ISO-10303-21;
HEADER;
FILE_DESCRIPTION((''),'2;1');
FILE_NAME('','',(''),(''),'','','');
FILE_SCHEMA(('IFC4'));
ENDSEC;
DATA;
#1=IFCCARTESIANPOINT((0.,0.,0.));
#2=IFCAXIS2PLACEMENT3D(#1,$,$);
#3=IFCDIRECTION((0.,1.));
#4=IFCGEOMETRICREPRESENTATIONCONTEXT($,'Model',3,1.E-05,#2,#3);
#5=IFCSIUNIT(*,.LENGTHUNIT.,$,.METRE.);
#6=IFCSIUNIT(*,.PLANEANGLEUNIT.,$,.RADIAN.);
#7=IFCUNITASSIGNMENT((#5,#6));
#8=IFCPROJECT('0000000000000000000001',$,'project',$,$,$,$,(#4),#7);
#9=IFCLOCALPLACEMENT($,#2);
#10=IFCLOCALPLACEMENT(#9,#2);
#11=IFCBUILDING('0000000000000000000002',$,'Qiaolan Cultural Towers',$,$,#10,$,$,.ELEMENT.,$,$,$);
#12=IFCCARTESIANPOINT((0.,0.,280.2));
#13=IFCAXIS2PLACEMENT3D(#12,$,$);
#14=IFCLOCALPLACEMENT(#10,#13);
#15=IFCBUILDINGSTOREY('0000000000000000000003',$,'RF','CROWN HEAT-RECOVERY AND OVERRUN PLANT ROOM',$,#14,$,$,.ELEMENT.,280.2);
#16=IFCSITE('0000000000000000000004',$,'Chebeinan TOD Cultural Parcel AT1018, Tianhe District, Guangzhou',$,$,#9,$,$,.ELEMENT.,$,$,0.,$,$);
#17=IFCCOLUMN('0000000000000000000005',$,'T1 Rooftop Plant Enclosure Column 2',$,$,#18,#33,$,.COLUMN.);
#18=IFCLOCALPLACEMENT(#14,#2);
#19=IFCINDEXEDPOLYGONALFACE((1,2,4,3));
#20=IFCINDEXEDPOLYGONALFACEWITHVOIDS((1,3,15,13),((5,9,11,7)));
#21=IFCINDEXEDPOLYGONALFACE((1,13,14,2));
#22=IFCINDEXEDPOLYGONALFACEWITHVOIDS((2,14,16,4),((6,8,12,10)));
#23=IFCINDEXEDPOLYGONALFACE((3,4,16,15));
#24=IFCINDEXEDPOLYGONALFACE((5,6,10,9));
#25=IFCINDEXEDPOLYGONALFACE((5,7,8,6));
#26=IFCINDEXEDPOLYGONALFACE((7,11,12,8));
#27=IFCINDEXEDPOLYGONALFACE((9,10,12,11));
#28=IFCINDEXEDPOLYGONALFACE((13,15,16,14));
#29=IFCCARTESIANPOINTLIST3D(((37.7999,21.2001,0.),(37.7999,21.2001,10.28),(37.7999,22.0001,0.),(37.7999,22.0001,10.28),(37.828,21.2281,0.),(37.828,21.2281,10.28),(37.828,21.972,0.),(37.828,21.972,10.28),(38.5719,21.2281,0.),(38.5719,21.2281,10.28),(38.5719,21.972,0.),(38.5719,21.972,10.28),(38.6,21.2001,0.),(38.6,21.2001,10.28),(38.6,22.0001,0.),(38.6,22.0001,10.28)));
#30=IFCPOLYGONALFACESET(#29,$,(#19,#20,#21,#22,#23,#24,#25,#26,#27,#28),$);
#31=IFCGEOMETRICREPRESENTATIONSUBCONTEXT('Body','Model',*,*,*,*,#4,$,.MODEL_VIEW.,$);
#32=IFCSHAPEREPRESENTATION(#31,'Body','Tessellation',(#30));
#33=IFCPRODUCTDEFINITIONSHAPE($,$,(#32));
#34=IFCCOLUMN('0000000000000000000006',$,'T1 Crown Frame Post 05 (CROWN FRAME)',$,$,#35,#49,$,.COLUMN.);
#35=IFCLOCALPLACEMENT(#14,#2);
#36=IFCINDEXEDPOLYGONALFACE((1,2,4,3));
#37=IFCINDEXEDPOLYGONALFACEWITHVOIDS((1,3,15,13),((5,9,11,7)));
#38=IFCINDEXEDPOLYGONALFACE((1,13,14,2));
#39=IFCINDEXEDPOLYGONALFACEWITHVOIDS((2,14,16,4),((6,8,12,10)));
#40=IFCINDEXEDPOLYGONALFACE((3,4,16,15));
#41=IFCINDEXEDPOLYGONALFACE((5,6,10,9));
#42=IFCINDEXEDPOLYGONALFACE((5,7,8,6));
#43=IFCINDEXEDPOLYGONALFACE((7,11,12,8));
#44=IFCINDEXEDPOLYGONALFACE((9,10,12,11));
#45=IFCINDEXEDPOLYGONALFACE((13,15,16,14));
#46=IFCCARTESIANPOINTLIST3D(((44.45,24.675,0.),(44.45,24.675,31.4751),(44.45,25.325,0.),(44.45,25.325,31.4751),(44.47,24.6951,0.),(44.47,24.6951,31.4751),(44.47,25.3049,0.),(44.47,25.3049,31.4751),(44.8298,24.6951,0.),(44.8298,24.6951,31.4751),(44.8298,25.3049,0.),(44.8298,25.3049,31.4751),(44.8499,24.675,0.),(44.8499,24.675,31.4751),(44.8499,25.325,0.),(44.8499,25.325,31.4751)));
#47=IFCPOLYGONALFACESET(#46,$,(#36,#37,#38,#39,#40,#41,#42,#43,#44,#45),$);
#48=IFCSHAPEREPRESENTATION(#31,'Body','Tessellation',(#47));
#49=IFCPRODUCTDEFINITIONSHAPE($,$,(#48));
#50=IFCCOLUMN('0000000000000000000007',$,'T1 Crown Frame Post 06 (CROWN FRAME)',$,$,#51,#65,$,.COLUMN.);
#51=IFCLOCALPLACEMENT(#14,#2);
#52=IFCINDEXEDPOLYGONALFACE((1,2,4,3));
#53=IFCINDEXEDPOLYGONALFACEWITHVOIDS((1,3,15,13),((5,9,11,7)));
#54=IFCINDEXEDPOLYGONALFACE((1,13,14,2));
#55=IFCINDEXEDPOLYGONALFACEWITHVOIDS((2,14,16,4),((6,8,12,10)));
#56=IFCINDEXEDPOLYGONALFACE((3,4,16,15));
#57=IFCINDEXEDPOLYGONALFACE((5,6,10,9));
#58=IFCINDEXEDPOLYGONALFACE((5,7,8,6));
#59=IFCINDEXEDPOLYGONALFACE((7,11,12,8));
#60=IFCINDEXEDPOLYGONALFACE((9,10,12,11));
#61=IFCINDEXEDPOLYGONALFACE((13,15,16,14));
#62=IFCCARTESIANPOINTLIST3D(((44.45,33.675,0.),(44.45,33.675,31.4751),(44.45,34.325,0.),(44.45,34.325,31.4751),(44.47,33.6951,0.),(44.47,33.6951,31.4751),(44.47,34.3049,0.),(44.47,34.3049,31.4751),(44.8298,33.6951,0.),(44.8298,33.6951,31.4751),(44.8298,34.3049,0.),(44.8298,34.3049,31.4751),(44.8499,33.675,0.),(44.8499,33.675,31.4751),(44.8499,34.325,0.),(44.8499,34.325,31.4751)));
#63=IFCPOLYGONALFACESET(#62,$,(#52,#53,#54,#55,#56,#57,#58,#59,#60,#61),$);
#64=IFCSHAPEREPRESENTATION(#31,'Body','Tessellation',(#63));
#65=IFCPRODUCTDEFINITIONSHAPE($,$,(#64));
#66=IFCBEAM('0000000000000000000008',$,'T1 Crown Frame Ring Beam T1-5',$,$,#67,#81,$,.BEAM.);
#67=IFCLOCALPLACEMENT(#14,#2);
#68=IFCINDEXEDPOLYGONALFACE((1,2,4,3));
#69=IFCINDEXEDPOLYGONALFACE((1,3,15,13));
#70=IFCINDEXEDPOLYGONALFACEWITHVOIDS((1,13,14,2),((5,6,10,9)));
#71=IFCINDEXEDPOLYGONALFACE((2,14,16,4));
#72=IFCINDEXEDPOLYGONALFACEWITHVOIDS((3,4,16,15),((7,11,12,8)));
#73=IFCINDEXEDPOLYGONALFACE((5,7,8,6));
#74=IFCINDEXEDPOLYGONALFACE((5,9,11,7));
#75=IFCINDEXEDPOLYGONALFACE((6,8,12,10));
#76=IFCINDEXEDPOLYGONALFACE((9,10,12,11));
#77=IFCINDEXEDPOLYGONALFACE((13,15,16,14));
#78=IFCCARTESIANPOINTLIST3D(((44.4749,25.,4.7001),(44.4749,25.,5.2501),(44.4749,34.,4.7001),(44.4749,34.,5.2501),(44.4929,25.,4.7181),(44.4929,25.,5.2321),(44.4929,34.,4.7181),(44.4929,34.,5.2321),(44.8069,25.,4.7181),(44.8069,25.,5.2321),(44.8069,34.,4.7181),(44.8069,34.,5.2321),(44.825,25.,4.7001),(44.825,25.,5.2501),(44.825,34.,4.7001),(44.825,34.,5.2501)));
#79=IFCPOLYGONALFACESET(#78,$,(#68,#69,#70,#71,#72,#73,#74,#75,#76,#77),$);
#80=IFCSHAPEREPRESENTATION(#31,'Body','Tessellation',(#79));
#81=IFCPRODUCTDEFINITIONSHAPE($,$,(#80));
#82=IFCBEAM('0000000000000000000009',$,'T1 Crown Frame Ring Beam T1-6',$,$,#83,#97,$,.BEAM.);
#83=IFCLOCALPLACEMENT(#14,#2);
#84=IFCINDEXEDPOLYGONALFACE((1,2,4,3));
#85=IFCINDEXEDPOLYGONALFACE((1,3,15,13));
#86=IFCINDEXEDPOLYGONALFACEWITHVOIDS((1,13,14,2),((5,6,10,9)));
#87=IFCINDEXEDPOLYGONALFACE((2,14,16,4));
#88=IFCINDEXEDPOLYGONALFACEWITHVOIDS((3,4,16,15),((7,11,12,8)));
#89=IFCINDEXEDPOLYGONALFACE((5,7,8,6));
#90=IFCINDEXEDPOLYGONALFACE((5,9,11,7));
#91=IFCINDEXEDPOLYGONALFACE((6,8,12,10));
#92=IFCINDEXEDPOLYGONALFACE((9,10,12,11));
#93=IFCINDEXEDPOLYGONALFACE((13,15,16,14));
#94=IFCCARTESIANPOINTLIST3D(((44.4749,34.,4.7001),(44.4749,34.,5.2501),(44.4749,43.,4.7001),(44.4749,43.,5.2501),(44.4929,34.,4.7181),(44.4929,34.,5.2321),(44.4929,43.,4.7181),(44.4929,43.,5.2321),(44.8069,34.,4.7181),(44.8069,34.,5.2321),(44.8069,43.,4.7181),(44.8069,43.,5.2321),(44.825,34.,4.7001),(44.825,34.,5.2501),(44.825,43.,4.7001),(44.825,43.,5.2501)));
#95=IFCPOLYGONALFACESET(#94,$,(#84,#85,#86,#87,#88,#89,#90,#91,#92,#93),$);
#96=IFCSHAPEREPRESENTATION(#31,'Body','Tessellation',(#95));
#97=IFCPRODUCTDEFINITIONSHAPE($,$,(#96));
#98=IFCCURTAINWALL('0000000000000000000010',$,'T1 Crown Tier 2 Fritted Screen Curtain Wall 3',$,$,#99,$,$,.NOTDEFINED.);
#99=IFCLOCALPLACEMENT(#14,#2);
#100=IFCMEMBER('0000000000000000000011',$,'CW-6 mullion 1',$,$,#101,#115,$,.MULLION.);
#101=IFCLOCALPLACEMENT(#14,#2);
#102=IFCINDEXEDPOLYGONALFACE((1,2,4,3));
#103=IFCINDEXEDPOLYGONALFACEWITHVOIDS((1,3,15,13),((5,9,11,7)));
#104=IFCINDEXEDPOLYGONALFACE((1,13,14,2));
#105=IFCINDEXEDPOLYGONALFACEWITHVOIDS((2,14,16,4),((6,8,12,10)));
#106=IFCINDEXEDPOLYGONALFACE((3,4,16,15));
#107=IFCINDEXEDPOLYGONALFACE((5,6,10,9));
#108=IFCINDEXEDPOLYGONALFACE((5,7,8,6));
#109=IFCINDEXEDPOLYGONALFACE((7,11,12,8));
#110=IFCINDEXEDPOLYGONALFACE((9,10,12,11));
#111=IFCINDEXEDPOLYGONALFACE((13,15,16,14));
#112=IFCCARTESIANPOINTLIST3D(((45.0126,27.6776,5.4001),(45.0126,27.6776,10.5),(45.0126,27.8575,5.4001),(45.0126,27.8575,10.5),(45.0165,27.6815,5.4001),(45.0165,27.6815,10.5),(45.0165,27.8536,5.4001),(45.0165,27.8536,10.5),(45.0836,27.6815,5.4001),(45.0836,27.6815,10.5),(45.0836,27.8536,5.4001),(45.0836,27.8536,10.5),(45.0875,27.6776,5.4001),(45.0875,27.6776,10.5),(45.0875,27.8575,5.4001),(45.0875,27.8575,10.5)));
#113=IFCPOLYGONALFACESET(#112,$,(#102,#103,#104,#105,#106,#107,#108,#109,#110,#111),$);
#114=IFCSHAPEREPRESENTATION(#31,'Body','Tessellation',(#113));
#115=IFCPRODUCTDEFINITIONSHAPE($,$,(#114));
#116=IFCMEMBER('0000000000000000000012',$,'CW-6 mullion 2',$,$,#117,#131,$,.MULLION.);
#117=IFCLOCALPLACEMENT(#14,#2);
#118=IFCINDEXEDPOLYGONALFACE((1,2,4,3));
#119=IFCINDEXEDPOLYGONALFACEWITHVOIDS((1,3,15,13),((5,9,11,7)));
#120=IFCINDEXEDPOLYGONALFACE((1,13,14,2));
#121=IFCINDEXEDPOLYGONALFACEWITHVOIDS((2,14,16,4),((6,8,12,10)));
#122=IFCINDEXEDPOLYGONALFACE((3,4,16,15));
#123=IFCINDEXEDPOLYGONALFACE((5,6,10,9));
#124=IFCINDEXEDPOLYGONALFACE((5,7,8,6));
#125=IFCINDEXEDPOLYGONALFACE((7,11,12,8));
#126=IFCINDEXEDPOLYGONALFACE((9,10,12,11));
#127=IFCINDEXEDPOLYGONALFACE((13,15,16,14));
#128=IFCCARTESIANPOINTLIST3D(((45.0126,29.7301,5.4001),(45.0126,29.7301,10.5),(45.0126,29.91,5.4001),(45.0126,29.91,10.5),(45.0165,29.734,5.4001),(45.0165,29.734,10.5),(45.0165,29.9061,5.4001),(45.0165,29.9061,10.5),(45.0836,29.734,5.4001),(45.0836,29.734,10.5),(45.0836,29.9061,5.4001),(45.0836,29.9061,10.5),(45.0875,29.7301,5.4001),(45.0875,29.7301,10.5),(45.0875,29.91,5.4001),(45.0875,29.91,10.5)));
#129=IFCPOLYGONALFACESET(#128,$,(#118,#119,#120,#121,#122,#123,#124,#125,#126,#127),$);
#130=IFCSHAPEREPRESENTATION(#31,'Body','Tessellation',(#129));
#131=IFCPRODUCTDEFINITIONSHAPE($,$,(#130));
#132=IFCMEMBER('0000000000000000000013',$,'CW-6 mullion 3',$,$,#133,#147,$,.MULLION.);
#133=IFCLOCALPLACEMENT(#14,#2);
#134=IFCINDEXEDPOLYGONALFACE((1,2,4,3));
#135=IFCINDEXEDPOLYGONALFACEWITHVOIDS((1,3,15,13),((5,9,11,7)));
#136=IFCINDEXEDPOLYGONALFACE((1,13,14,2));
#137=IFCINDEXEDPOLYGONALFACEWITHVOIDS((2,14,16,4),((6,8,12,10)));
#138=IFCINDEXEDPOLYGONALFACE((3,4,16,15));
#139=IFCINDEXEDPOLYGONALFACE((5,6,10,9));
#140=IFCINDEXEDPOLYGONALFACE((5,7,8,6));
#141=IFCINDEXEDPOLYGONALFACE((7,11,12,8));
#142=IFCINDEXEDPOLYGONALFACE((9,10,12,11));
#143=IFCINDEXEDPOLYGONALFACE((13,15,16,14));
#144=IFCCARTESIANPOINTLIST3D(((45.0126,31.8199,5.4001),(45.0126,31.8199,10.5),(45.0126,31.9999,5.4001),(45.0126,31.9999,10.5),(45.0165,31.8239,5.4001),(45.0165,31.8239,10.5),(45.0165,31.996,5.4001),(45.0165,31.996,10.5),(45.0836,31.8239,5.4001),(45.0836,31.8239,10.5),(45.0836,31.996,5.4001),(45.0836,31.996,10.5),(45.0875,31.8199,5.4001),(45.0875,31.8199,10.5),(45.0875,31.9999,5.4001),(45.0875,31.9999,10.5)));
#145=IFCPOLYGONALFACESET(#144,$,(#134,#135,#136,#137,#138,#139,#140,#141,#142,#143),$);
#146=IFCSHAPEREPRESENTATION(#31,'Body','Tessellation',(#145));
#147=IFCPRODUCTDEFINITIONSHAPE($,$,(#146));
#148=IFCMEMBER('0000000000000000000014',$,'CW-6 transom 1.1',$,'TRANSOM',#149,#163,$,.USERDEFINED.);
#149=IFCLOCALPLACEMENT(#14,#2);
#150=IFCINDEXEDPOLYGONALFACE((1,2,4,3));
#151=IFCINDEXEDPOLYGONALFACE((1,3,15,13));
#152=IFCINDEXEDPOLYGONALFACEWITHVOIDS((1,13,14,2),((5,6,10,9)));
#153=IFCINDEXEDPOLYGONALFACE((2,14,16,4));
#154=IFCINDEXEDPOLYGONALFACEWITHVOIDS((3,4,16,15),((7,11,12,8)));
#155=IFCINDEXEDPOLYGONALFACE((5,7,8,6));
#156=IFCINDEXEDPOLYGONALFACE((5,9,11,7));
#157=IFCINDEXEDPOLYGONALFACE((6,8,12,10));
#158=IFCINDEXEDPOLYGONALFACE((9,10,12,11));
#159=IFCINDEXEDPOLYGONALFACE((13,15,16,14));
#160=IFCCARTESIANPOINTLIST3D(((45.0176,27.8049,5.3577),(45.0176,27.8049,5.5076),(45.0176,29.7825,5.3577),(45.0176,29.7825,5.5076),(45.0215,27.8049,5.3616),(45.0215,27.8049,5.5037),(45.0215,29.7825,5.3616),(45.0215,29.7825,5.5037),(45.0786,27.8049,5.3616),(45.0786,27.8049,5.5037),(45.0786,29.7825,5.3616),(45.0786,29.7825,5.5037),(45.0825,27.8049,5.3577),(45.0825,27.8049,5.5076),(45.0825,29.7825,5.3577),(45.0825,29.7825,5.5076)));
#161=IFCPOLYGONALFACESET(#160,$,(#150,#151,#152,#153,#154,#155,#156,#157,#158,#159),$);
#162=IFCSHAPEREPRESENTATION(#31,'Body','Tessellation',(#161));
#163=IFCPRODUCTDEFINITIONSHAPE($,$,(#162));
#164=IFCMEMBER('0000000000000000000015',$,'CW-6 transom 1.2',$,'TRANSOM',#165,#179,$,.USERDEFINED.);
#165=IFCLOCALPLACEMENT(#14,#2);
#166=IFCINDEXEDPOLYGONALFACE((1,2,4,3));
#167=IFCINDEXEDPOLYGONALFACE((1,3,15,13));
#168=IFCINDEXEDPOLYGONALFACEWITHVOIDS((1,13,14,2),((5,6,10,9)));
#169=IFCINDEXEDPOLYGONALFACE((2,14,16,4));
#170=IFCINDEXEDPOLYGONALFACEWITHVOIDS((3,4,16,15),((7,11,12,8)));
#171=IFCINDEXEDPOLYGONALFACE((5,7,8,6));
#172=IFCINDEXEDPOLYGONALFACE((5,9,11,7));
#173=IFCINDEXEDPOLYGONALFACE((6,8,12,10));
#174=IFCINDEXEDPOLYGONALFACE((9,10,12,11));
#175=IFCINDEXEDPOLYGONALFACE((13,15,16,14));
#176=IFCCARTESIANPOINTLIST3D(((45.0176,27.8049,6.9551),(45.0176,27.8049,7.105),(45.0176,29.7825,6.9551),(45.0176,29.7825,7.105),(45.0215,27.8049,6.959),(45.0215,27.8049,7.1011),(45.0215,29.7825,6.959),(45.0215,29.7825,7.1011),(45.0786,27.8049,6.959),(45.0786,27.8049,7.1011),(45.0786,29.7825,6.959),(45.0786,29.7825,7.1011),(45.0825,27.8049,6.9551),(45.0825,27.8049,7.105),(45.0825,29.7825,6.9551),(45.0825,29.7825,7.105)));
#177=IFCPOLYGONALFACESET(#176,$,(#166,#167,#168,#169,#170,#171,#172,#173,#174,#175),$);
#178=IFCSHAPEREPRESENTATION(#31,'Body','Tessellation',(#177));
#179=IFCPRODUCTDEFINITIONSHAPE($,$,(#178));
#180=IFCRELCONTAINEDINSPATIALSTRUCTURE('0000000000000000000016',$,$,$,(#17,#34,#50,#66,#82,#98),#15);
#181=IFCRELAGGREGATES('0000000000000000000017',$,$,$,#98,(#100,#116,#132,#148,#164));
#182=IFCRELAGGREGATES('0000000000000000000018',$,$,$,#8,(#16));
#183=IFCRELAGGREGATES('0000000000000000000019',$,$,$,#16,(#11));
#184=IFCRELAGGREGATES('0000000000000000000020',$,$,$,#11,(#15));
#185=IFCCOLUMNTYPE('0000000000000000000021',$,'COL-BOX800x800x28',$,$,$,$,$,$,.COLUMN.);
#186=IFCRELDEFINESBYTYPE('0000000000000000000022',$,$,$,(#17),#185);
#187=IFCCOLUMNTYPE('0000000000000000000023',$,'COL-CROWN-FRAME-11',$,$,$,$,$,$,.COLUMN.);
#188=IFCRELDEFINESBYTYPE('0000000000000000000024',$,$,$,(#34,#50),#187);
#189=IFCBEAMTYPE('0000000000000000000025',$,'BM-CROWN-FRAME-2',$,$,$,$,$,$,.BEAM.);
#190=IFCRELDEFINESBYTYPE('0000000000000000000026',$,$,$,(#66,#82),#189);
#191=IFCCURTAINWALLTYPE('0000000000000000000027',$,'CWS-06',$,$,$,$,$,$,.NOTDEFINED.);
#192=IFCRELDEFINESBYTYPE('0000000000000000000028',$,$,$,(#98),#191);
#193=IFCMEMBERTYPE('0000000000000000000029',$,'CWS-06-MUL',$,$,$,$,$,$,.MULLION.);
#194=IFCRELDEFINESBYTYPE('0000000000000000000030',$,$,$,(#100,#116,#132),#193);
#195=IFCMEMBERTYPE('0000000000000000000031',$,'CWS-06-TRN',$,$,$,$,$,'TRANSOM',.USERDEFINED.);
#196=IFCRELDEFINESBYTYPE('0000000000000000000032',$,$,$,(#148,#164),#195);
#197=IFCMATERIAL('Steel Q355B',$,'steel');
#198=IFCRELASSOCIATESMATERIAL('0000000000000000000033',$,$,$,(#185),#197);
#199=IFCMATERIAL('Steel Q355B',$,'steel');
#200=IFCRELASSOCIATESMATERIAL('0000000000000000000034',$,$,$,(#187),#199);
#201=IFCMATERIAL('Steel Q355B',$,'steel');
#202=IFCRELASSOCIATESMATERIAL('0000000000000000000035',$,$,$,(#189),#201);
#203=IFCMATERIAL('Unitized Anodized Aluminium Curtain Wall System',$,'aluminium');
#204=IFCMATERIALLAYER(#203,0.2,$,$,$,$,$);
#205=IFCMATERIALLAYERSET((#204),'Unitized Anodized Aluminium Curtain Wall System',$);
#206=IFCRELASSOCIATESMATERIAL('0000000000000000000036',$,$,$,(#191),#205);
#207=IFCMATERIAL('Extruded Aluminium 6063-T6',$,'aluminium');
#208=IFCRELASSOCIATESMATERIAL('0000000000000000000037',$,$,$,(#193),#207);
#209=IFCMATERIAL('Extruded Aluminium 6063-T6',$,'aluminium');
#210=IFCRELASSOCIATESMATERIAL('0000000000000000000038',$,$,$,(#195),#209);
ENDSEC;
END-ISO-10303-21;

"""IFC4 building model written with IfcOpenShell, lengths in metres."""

from ifc_helpers import new_model, si_unit, direction, frame, origin, origin_2d, place, context, subcontext, project, spatial, hollow_rectangle, extrude, material, layer, layer_set, material_profile, profile_set, type_object, element, aggregate, save


model = new_model("IFC4")

# Units and contexts
model_context = context("Model", 3, precision=1e-05, world=origin(), true_north=direction((0.0, 1.0)))
body_context = subcontext(model_context, "Body", "Model", "MODEL_VIEW")
ifc_project = project(units=[si_unit("LENGTHUNIT", "METRE"), si_unit("PLANEANGLEUNIT", "RADIAN")], contexts=[model_context])

# Site, building, storey
site_placement = place(None, origin())
site = spatial("IfcSite", under=ifc_project, at=site_placement, Name="Chebeinan TOD Cultural Parcel AT1018, Tianhe District, Guangzhou", CompositionType="ELEMENT", RefElevation=0.0)
building_placement = place(site_placement, origin())
building = spatial("IfcBuilding", under=site, at=building_placement, Name="Qiaolan Cultural Towers", CompositionType="ELEMENT")
storey_placement = place(building_placement, frame((0.0, 0.0, 280.2)))
storey = spatial("IfcBuildingStorey", under=building, at=storey_placement, Name="RF", Description="CROWN HEAT-RECOVERY AND OVERRUN PLANT ROOM", CompositionType="ELEMENT", Elevation=280.2)

# Columns
ifc_material_1 = material(Name="Steel Q355B", Category="steel")
ifc_material_profile_1 = material_profile(ifc_material_1, hollow_rectangle(XDim=0.8, YDim=0.8, WallThickness=0.0281, at=origin_2d()), Name="BOX800x800x28")
ifc_profile_set_1 = profile_set([ifc_material_profile_1], Name="Steel Q355B")
column_type_1 = type_object("IfcColumnType", Name="COL-BOX800x800x28", PredefinedType="COLUMN", material=ifc_profile_set_1)
column_placement = place(storey_placement, frame((38.2, 21.6001, 0.0), z_axis=(0.0, 0.0, 1.0), x_axis=(1.0, 0.0, 0.0)))
element("IfcColumn", 1, at=column_placement, inside=storey, type_object=column_type_1, Name="T1 Rooftop Plant Enclosure Column 2", PredefinedType="COLUMN", context=body_context, shape_type="SweptSolid", body=[
    extrude(hollow_rectangle(XDim=0.8, YDim=0.8, WallThickness=0.0281, at=origin_2d()), origin(), (0.0, 0.0, 1.0), 10.28),
])
ifc_material_2 = material(Name="Steel Q355B", Category="steel")
ifc_material_profile_2 = material_profile(ifc_material_2, hollow_rectangle(XDim=0.3999, YDim=0.6499, WallThickness=0.02, at=origin_2d()), Name="BOX650x400x20")
ifc_profile_set_2 = profile_set([ifc_material_profile_2], Name="Steel Q355B")
column_type_2 = type_object("IfcColumnType", Name="COL-CROWN-FRAME-11", PredefinedType="COLUMN", material=ifc_profile_set_2)
for number, where, z_axis, x_axis, name in (
    (2, (44.6499, 25.0, 0.0), (0.0, 0.0, 1.0), (1.0, 0.0, 0.0), "T1 Crown Frame Post 05 (CROWN FRAME)"),
    (3, (44.6499, 34.0, 0.0), (0.0, 0.0, 1.0), (1.0, 0.0, 0.0), "T1 Crown Frame Post 06 (CROWN FRAME)"),
):
    element("IfcColumn", number, at=place(storey_placement, frame(where, z_axis=z_axis, x_axis=x_axis)), inside=storey, type_object=column_type_2, Name=name, PredefinedType="COLUMN", context=body_context, shape_type="SweptSolid", body=[
        extrude(hollow_rectangle(XDim=0.3999, YDim=0.6499, WallThickness=0.02, at=origin_2d()), origin(), (0.0, 0.0, 1.0), 31.4751),
    ])

# Beams
ifc_material_3 = material(Name="Steel Q355B", Category="steel")
ifc_material_profile_3 = material_profile(ifc_material_3, hollow_rectangle(XDim=0.3501, YDim=0.55, WallThickness=0.0181, at=origin_2d()), Name="BOX550x350x18")
ifc_profile_set_3 = profile_set([ifc_material_profile_3], Name="Steel Q355B")
beam_type = type_object("IfcBeamType", Name="BM-CROWN-FRAME-2", PredefinedType="BEAM", material=ifc_profile_set_3)
for number, where, z_axis, x_axis, name in (
    (4, (44.6499, 25.0, 4.9751), (0.0, 1.0, 0.0), (-1.0, 0.0, 0.0), "T1 Crown Frame Ring Beam T1-5"),
    (5, (44.6499, 34.0, 4.9751), (0.0, 1.0, 0.0), (-1.0, 0.0, 0.0), "T1 Crown Frame Ring Beam T1-6"),
):
    element("IfcBeam", number, at=place(storey_placement, frame(where, z_axis=z_axis, x_axis=x_axis)), inside=storey, type_object=beam_type, Name=name, PredefinedType="BEAM", context=body_context, shape_type="SweptSolid", body=[
        extrude(hollow_rectangle(XDim=0.3501, YDim=0.55, WallThickness=0.0181, at=origin_2d()), origin(), (0.0, 0.0, 1.0), 9.0),
    ])

# Curtain wall, members
ifc_material_4 = material(Name="Unitized Anodized Aluminium Curtain Wall System", Category="aluminium")
ifc_layer_1 = layer(ifc_material_4, 0.2)
ifc_layer_set_1 = layer_set([ifc_layer_1], Name="Unitized Anodized Aluminium Curtain Wall System")
curtain_wall_type = type_object("IfcCurtainWallType", Name="CWS-06", PredefinedType="NOTDEFINED", material=ifc_layer_set_1)
curtain_wall_placement = place(storey_placement, origin())
curtain_wall = element("IfcCurtainWall", 6, at=curtain_wall_placement, inside=storey, type_object=curtain_wall_type, Name="T1 Crown Tier 2 Fritted Screen Curtain Wall 3", PredefinedType="NOTDEFINED")
ifc_material_5 = material(Name="Extruded Aluminium 6063-T6", Category="aluminium")
ifc_material_profile_4 = material_profile(ifc_material_5, hollow_rectangle(XDim=0.075, YDim=0.1799, WallThickness=0.0039, at=origin_2d()), Name="CWM-180x75x4")
ifc_profile_set_4 = profile_set([ifc_material_profile_4], Name="Extruded Aluminium 6063-T6")
member_type_1 = type_object("IfcMemberType", Name="CWS-06-MUL", PredefinedType="MULLION", material=ifc_profile_set_4)
member_1_placement = place(storey_placement, frame((45.05, 27.7676, 5.4001), z_axis=(0.0, 0.0, 1.0), x_axis=(-1.0, 0.0, 0.0)))
member_1 = element("IfcMember", 7, at=member_1_placement, type_object=member_type_1, Name="CW-6 mullion 1", PredefinedType="MULLION", context=body_context, shape_type="SweptSolid", body=[
    extrude(hollow_rectangle(XDim=0.075, YDim=0.1799, WallThickness=0.0039, at=origin_2d()), origin(), (0.0, 0.0, 1.0), 5.0999),
])
member_2_placement = place(storey_placement, frame((45.05, 29.8201, 5.4001), z_axis=(0.0, 0.0, 1.0), x_axis=(-1.0, 0.0, 0.0)))
member_2 = element("IfcMember", 8, at=member_2_placement, type_object=member_type_1, Name="CW-6 mullion 2", PredefinedType="MULLION", context=body_context, shape_type="SweptSolid", body=[
    extrude(hollow_rectangle(XDim=0.075, YDim=0.1799, WallThickness=0.0039, at=origin_2d()), origin(), (0.0, 0.0, 1.0), 5.0999),
])
member_3_placement = place(storey_placement, frame((45.05, 31.9099, 5.4001), z_axis=(0.0, 0.0, 1.0), x_axis=(-1.0, 0.0, 0.0)))
member_3 = element("IfcMember", 9, at=member_3_placement, type_object=member_type_1, Name="CW-6 mullion 3", PredefinedType="MULLION", context=body_context, shape_type="SweptSolid", body=[
    extrude(hollow_rectangle(XDim=0.075, YDim=0.1799, WallThickness=0.0039, at=origin_2d()), origin(), (0.0, 0.0, 1.0), 5.0999),
])
ifc_material_6 = material(Name="Extruded Aluminium 6063-T6", Category="aluminium")
ifc_material_profile_5 = material_profile(ifc_material_6, hollow_rectangle(XDim=0.0649, YDim=0.1499, WallThickness=0.0039, at=origin_2d()), Name="CWT-150x65x4")
ifc_profile_set_5 = profile_set([ifc_material_profile_5], Name="Extruded Aluminium 6063-T6")
member_type_2 = type_object("IfcMemberType", Name="CWS-06-TRN", ElementType="TRANSOM", PredefinedType="USERDEFINED", material=ifc_profile_set_5)
member_4_placement = place(storey_placement, frame((45.05, 27.8049, 5.4326), z_axis=(0.0, 1.0, 0.0), x_axis=(-1.0, 0.0, 0.0)))
member_4 = element("IfcMember", 10, at=member_4_placement, type_object=member_type_2, Name="CW-6 transom 1.1", ObjectType="TRANSOM", PredefinedType="USERDEFINED", context=body_context, shape_type="SweptSolid", body=[
    extrude(hollow_rectangle(XDim=0.0649, YDim=0.1499, WallThickness=0.0039, at=origin_2d()), origin(), (0.0, 0.0, 1.0), 1.9775),
])
member_5_placement = place(storey_placement, frame((45.05, 27.8049, 7.03), z_axis=(0.0, 1.0, 0.0), x_axis=(-1.0, 0.0, 0.0)))
member_5 = element("IfcMember", 11, at=member_5_placement, type_object=member_type_2, Name="CW-6 transom 1.2", ObjectType="TRANSOM", PredefinedType="USERDEFINED", context=body_context, shape_type="SweptSolid", body=[
    extrude(hollow_rectangle(XDim=0.0649, YDim=0.1499, WallThickness=0.0039, at=origin_2d()), origin(), (0.0, 0.0, 1.0), 1.9775),
])
aggregate(curtain_wall, [member_1, member_2, member_3, member_4, member_5])

save(model, "model.ifc")
